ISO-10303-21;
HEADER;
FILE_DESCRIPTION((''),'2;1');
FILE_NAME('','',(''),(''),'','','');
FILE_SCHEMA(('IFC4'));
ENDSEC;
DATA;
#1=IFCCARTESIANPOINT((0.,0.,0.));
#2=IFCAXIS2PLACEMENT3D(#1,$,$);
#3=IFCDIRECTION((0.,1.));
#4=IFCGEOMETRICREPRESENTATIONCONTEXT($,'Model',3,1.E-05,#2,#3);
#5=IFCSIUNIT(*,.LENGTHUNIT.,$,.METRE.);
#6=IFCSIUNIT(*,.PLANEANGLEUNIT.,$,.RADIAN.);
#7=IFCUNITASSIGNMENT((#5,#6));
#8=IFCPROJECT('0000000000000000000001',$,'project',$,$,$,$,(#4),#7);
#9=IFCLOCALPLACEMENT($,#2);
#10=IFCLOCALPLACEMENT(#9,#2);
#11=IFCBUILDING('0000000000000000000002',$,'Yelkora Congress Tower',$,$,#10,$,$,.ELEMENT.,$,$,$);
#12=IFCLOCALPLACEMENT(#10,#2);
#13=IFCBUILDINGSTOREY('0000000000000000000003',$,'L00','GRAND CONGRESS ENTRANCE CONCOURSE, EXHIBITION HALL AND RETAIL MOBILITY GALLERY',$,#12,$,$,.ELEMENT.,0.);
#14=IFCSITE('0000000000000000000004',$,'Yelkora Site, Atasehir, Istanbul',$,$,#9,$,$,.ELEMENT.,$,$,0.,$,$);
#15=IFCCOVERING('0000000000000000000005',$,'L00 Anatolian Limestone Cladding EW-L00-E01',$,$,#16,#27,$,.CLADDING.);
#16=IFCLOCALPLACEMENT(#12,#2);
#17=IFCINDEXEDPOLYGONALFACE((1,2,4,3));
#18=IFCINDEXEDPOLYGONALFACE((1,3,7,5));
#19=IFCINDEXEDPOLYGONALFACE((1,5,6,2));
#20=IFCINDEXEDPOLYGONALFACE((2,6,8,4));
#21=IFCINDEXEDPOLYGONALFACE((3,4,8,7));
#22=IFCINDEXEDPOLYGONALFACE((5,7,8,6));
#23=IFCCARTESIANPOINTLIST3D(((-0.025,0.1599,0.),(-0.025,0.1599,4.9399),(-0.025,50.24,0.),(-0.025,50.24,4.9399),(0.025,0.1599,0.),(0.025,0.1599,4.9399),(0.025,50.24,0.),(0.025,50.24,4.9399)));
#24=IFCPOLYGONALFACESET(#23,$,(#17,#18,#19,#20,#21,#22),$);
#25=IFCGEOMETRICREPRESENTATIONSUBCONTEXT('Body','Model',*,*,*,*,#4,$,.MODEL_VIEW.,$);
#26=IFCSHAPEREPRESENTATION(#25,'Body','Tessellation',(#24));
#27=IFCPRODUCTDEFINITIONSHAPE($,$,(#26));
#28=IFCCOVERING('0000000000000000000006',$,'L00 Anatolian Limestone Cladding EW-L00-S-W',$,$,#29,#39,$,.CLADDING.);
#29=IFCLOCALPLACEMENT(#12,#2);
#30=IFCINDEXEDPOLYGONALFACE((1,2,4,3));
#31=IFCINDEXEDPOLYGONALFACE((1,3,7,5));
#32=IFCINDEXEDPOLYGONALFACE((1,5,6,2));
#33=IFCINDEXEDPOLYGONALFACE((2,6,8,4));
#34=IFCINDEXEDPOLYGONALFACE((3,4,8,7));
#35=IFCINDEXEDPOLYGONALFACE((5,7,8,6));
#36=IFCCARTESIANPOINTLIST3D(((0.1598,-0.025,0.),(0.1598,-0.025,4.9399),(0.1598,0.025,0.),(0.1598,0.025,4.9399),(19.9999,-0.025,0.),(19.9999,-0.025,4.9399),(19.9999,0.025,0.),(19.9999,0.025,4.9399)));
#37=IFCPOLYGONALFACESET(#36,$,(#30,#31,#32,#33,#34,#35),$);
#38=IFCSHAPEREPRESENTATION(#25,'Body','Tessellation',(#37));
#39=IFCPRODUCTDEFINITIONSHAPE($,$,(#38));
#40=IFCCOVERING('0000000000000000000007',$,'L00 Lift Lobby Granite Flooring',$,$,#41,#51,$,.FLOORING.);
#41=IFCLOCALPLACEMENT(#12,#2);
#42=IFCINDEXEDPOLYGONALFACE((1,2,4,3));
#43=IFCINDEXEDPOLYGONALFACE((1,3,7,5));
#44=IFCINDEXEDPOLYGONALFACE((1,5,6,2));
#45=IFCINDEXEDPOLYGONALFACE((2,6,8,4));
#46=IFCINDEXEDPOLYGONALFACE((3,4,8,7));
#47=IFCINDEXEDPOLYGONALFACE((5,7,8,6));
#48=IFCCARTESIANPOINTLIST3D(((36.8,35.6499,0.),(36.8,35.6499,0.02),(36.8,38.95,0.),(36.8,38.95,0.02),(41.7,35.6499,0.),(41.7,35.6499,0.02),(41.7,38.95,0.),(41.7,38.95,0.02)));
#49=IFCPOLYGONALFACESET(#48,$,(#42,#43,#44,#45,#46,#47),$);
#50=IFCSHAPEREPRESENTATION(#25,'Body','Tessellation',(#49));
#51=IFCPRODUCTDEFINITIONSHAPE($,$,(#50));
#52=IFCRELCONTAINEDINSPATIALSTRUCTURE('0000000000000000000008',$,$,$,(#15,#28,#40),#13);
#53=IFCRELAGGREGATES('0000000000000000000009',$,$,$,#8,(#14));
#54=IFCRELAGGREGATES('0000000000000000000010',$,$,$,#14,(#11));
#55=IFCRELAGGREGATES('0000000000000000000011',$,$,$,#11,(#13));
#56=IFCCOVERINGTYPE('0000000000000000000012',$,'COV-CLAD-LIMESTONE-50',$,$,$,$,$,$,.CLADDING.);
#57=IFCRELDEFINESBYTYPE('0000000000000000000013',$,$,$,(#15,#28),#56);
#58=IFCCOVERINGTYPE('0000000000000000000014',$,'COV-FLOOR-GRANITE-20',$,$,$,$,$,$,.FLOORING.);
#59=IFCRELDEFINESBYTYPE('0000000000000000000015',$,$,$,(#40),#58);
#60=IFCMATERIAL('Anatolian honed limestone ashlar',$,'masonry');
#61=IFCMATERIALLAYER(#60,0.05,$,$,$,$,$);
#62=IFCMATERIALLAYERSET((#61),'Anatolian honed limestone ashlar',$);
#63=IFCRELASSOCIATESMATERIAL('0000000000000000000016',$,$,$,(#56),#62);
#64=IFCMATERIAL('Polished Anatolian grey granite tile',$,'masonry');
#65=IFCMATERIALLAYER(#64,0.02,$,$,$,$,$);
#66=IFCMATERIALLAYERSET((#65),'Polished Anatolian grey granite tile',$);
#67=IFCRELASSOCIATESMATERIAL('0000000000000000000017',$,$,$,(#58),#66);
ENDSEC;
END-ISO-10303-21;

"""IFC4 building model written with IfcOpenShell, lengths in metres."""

from ifc_helpers import new_model, si_unit, direction, frame, frame_2d, origin, place, context, subcontext, project, spatial, polyline, rectangle, outline, extrude, material, layer, layer_set, type_object, element, save


model = new_model("IFC4")

# Units and contexts
model_context = context("Model", 3, precision=1e-05, world=origin(), true_north=direction((0.0, 1.0)))
body_context = subcontext(model_context, "Body", "Model", "MODEL_VIEW")
ifc_project = project(units=[si_unit("LENGTHUNIT", "METRE"), si_unit("PLANEANGLEUNIT", "RADIAN")], contexts=[model_context])

# Site, building, storey
site_placement = place(None, origin())
site = spatial("IfcSite", under=ifc_project, at=site_placement, Name="Yelkora Site, Atasehir, Istanbul", CompositionType="ELEMENT", RefElevation=0.0)
building_placement = place(site_placement, origin())
building = spatial("IfcBuilding", under=site, at=building_placement, Name="Yelkora Congress Tower", CompositionType="ELEMENT")
storey_placement = place(building_placement, origin())
storey = spatial("IfcBuildingStorey", under=building, at=storey_placement, Name="L00", Description="GRAND CONGRESS ENTRANCE CONCOURSE, EXHIBITION HALL AND RETAIL MOBILITY GALLERY", CompositionType="ELEMENT", Elevation=0.0)

# Coverings
ifc_material_1 = material(Name="Anatolian honed limestone ashlar", Category="masonry")
ifc_layer_1 = layer(ifc_material_1, 0.05)
ifc_layer_set_1 = layer_set([ifc_layer_1], Name="Anatolian honed limestone ashlar")
covering_type_1 = type_object("IfcCoveringType", Name="COV-CLAD-LIMESTONE-50", PredefinedType="CLADDING", material=ifc_layer_set_1)
covering_1_placement = place(storey_placement, frame((0.0, 0.1599, 0.0), z_axis=(0.0, 0.0, 1.0), x_axis=(0.0, 1.0, 0.0)))
element("IfcCovering", 1, at=covering_1_placement, inside=storey, type_object=covering_type_1, Name="L00 Anatolian Limestone Cladding EW-L00-E01", PredefinedType="CLADDING", context=body_context, shape_type="SweptSolid", body=[
    extrude(rectangle(XDim=50.0801, YDim=0.05, at=frame_2d((25.04, 0.0))), origin(), (0.0, 0.0, 1.0), 4.9399),
])
covering_2_placement = place(storey_placement, frame((0.1599, 0.0, 0.0), z_axis=(0.0, 0.0, 1.0), x_axis=(1.0, 0.0, 0.0)))
element("IfcCovering", 2, at=covering_2_placement, inside=storey, type_object=covering_type_1, Name="L00 Anatolian Limestone Cladding EW-L00-S-W", PredefinedType="CLADDING", context=body_context, shape_type="SweptSolid", body=[
    extrude(rectangle(XDim=19.8401, YDim=0.05, at=frame_2d((9.9199, 0.0))), origin(), (0.0, 0.0, 1.0), 4.9399),
])
ifc_material_2 = material(Name="Polished Anatolian grey granite tile", Category="masonry")
ifc_layer_2 = layer(ifc_material_2, 0.02)
ifc_layer_set_2 = layer_set([ifc_layer_2], Name="Polished Anatolian grey granite tile")
covering_type_2 = type_object("IfcCoveringType", Name="COV-FLOOR-GRANITE-20", PredefinedType="FLOORING", material=ifc_layer_set_2)
covering_3_placement = place(storey_placement, origin())
element("IfcCovering", 3, at=covering_3_placement, inside=storey, type_object=covering_type_2, Name="L00 Lift Lobby Granite Flooring", PredefinedType="FLOORING", context=body_context, shape_type="SweptSolid", body=[
    extrude(outline(polyline([(36.8, 35.6499), (41.7, 35.6499), (41.7, 38.95), (36.8, 38.95), (36.8, 35.6499)])), origin(), (0.0, 0.0, 1.0), 0.02),
])

save(model, "model.ifc")
